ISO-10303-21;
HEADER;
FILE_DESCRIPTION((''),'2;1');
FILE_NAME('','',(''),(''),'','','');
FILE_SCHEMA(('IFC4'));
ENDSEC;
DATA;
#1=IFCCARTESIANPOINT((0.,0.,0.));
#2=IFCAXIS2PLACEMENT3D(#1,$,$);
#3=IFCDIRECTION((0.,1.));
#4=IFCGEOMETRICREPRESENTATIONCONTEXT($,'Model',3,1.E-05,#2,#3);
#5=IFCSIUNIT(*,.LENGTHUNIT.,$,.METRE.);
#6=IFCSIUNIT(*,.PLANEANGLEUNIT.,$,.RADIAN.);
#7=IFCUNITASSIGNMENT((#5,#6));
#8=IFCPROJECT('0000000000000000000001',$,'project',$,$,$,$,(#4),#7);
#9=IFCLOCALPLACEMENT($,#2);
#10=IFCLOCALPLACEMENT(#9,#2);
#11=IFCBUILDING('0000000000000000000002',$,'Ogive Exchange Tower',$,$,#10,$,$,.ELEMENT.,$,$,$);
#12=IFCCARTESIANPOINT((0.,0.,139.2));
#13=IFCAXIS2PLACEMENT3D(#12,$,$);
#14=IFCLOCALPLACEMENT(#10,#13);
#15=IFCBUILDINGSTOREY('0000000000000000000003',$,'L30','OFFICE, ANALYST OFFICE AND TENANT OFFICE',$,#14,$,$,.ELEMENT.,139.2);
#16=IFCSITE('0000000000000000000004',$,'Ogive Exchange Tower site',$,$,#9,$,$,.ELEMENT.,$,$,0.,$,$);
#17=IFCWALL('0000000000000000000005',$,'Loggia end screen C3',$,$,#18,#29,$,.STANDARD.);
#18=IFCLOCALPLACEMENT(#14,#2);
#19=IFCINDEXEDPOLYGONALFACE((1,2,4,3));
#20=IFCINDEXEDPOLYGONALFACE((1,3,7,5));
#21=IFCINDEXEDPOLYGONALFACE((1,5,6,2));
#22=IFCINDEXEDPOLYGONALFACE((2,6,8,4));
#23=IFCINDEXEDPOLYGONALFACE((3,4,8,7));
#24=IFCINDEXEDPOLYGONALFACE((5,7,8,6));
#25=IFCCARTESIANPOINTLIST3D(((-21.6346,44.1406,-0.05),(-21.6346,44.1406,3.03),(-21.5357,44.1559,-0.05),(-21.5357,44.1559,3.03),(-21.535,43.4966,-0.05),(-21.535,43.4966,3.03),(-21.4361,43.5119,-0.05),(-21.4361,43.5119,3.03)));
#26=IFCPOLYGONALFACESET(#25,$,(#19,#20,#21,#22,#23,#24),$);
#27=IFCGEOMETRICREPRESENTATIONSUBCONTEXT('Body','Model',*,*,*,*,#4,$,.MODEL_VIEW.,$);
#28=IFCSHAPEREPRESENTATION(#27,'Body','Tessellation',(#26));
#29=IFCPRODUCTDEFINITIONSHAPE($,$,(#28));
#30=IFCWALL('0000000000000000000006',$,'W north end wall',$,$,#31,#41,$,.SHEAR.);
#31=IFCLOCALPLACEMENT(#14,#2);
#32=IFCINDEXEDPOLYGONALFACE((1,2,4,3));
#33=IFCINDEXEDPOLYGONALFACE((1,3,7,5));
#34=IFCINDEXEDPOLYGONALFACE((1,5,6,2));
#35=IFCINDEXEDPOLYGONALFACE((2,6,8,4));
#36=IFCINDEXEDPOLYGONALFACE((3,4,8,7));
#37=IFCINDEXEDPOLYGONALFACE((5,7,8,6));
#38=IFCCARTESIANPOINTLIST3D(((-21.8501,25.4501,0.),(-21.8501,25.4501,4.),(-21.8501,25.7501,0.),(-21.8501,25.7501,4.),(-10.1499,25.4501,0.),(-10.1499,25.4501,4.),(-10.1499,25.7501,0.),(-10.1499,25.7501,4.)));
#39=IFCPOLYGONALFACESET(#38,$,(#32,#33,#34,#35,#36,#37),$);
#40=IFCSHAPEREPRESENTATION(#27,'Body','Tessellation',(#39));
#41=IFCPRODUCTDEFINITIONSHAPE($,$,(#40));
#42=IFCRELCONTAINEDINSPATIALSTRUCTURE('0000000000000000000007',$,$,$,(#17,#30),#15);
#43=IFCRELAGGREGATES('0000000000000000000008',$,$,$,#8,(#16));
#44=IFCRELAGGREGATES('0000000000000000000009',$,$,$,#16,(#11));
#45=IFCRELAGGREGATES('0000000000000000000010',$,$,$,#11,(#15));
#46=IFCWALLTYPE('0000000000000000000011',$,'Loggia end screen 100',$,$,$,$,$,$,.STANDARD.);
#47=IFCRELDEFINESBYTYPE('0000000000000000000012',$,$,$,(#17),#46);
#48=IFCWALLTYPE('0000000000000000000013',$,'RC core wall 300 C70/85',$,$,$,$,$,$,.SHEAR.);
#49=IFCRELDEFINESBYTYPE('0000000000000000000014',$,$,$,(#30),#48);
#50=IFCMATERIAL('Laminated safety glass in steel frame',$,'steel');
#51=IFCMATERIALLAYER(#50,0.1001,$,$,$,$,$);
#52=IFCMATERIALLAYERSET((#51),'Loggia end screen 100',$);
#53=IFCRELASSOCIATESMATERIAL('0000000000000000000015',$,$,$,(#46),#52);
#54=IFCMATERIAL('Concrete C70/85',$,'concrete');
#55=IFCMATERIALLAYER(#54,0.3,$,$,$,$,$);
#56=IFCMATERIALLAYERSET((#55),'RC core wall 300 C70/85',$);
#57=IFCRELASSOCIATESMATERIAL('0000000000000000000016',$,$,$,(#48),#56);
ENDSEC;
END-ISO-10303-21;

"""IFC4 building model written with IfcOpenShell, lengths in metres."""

from ifc_helpers import new_model, si_unit, direction, frame, frame_2d, origin, place, context, subcontext, project, spatial, rectangle, extrude, material, layer, layer_set, type_object, element, save


model = new_model("IFC4")

# Units and contexts
model_context = context("Model", 3, precision=1e-05, world=origin(), true_north=direction((0.0, 1.0)))
body_context = subcontext(model_context, "Body", "Model", "MODEL_VIEW")
ifc_project = project(units=[si_unit("LENGTHUNIT", "METRE"), si_unit("PLANEANGLEUNIT", "RADIAN")], contexts=[model_context])

# Site, building, storey
site_placement = place(None, origin())
site = spatial("IfcSite", under=ifc_project, at=site_placement, Name="Ogive Exchange Tower site", CompositionType="ELEMENT", RefElevation=0.0)
building_placement = place(site_placement, origin())
building = spatial("IfcBuilding", under=site, at=building_placement, Name="Ogive Exchange Tower", CompositionType="ELEMENT")
storey_placement = place(building_placement, frame((0.0, 0.0, 139.2)))
storey = spatial("IfcBuildingStorey", under=building, at=storey_placement, Name="L30", Description="OFFICE, ANALYST OFFICE AND TENANT OFFICE", CompositionType="ELEMENT", Elevation=139.2)

# Walls
ifc_material_1 = material(Name="Laminated safety glass in steel frame", Category="steel")
ifc_layer_1 = layer(ifc_material_1, 0.1001)
ifc_layer_set_1 = layer_set([ifc_layer_1], Name="Loggia end screen 100")
wall_type_1 = type_object("IfcWallType", Name="Loggia end screen 100", PredefinedType="STANDARD", material=ifc_layer_set_1)
wall_1_placement = place(storey_placement, frame((-21.4856, 43.5044, -0.05), z_axis=(0.0, 0.0, 1.0), x_axis=(-0.152845, 0.98825, 0.0)))
element("IfcWall", 1, at=wall_1_placement, inside=storey, type_object=wall_type_1, Name="Loggia end screen C3", PredefinedType="STANDARD", context=body_context, shape_type="SweptSolid", body=[
    extrude(rectangle(XDim=0.6516, YDim=0.1001, at=frame_2d((0.3257, 0.0))), origin(), (0.0, 0.0, 1.0), 3.0801),
])
ifc_material_2 = material(Name="Concrete C70/85", Category="concrete")
ifc_layer_2 = layer(ifc_material_2, 0.3)
ifc_layer_set_2 = layer_set([ifc_layer_2], Name="RC core wall 300 C70/85")
wall_type_2 = type_object("IfcWallType", Name="RC core wall 300 C70/85", PredefinedType="SHEAR", material=ifc_layer_set_2)
wall_2_placement = place(storey_placement, frame((-21.8501, 25.6001, 0.0), z_axis=(0.0, 0.0, 1.0), x_axis=(1.0, 0.0, 0.0)))
element("IfcWall", 2, at=wall_2_placement, inside=storey, type_object=wall_type_2, Name="W north end wall", PredefinedType="SHEAR", context=body_context, shape_type="SweptSolid", body=[
    extrude(rectangle(XDim=11.7002, YDim=0.3, at=frame_2d((5.8501, 0.0))), origin(), (0.0, 0.0, 1.0), 4.0),
])

save(model, "model.ifc")
